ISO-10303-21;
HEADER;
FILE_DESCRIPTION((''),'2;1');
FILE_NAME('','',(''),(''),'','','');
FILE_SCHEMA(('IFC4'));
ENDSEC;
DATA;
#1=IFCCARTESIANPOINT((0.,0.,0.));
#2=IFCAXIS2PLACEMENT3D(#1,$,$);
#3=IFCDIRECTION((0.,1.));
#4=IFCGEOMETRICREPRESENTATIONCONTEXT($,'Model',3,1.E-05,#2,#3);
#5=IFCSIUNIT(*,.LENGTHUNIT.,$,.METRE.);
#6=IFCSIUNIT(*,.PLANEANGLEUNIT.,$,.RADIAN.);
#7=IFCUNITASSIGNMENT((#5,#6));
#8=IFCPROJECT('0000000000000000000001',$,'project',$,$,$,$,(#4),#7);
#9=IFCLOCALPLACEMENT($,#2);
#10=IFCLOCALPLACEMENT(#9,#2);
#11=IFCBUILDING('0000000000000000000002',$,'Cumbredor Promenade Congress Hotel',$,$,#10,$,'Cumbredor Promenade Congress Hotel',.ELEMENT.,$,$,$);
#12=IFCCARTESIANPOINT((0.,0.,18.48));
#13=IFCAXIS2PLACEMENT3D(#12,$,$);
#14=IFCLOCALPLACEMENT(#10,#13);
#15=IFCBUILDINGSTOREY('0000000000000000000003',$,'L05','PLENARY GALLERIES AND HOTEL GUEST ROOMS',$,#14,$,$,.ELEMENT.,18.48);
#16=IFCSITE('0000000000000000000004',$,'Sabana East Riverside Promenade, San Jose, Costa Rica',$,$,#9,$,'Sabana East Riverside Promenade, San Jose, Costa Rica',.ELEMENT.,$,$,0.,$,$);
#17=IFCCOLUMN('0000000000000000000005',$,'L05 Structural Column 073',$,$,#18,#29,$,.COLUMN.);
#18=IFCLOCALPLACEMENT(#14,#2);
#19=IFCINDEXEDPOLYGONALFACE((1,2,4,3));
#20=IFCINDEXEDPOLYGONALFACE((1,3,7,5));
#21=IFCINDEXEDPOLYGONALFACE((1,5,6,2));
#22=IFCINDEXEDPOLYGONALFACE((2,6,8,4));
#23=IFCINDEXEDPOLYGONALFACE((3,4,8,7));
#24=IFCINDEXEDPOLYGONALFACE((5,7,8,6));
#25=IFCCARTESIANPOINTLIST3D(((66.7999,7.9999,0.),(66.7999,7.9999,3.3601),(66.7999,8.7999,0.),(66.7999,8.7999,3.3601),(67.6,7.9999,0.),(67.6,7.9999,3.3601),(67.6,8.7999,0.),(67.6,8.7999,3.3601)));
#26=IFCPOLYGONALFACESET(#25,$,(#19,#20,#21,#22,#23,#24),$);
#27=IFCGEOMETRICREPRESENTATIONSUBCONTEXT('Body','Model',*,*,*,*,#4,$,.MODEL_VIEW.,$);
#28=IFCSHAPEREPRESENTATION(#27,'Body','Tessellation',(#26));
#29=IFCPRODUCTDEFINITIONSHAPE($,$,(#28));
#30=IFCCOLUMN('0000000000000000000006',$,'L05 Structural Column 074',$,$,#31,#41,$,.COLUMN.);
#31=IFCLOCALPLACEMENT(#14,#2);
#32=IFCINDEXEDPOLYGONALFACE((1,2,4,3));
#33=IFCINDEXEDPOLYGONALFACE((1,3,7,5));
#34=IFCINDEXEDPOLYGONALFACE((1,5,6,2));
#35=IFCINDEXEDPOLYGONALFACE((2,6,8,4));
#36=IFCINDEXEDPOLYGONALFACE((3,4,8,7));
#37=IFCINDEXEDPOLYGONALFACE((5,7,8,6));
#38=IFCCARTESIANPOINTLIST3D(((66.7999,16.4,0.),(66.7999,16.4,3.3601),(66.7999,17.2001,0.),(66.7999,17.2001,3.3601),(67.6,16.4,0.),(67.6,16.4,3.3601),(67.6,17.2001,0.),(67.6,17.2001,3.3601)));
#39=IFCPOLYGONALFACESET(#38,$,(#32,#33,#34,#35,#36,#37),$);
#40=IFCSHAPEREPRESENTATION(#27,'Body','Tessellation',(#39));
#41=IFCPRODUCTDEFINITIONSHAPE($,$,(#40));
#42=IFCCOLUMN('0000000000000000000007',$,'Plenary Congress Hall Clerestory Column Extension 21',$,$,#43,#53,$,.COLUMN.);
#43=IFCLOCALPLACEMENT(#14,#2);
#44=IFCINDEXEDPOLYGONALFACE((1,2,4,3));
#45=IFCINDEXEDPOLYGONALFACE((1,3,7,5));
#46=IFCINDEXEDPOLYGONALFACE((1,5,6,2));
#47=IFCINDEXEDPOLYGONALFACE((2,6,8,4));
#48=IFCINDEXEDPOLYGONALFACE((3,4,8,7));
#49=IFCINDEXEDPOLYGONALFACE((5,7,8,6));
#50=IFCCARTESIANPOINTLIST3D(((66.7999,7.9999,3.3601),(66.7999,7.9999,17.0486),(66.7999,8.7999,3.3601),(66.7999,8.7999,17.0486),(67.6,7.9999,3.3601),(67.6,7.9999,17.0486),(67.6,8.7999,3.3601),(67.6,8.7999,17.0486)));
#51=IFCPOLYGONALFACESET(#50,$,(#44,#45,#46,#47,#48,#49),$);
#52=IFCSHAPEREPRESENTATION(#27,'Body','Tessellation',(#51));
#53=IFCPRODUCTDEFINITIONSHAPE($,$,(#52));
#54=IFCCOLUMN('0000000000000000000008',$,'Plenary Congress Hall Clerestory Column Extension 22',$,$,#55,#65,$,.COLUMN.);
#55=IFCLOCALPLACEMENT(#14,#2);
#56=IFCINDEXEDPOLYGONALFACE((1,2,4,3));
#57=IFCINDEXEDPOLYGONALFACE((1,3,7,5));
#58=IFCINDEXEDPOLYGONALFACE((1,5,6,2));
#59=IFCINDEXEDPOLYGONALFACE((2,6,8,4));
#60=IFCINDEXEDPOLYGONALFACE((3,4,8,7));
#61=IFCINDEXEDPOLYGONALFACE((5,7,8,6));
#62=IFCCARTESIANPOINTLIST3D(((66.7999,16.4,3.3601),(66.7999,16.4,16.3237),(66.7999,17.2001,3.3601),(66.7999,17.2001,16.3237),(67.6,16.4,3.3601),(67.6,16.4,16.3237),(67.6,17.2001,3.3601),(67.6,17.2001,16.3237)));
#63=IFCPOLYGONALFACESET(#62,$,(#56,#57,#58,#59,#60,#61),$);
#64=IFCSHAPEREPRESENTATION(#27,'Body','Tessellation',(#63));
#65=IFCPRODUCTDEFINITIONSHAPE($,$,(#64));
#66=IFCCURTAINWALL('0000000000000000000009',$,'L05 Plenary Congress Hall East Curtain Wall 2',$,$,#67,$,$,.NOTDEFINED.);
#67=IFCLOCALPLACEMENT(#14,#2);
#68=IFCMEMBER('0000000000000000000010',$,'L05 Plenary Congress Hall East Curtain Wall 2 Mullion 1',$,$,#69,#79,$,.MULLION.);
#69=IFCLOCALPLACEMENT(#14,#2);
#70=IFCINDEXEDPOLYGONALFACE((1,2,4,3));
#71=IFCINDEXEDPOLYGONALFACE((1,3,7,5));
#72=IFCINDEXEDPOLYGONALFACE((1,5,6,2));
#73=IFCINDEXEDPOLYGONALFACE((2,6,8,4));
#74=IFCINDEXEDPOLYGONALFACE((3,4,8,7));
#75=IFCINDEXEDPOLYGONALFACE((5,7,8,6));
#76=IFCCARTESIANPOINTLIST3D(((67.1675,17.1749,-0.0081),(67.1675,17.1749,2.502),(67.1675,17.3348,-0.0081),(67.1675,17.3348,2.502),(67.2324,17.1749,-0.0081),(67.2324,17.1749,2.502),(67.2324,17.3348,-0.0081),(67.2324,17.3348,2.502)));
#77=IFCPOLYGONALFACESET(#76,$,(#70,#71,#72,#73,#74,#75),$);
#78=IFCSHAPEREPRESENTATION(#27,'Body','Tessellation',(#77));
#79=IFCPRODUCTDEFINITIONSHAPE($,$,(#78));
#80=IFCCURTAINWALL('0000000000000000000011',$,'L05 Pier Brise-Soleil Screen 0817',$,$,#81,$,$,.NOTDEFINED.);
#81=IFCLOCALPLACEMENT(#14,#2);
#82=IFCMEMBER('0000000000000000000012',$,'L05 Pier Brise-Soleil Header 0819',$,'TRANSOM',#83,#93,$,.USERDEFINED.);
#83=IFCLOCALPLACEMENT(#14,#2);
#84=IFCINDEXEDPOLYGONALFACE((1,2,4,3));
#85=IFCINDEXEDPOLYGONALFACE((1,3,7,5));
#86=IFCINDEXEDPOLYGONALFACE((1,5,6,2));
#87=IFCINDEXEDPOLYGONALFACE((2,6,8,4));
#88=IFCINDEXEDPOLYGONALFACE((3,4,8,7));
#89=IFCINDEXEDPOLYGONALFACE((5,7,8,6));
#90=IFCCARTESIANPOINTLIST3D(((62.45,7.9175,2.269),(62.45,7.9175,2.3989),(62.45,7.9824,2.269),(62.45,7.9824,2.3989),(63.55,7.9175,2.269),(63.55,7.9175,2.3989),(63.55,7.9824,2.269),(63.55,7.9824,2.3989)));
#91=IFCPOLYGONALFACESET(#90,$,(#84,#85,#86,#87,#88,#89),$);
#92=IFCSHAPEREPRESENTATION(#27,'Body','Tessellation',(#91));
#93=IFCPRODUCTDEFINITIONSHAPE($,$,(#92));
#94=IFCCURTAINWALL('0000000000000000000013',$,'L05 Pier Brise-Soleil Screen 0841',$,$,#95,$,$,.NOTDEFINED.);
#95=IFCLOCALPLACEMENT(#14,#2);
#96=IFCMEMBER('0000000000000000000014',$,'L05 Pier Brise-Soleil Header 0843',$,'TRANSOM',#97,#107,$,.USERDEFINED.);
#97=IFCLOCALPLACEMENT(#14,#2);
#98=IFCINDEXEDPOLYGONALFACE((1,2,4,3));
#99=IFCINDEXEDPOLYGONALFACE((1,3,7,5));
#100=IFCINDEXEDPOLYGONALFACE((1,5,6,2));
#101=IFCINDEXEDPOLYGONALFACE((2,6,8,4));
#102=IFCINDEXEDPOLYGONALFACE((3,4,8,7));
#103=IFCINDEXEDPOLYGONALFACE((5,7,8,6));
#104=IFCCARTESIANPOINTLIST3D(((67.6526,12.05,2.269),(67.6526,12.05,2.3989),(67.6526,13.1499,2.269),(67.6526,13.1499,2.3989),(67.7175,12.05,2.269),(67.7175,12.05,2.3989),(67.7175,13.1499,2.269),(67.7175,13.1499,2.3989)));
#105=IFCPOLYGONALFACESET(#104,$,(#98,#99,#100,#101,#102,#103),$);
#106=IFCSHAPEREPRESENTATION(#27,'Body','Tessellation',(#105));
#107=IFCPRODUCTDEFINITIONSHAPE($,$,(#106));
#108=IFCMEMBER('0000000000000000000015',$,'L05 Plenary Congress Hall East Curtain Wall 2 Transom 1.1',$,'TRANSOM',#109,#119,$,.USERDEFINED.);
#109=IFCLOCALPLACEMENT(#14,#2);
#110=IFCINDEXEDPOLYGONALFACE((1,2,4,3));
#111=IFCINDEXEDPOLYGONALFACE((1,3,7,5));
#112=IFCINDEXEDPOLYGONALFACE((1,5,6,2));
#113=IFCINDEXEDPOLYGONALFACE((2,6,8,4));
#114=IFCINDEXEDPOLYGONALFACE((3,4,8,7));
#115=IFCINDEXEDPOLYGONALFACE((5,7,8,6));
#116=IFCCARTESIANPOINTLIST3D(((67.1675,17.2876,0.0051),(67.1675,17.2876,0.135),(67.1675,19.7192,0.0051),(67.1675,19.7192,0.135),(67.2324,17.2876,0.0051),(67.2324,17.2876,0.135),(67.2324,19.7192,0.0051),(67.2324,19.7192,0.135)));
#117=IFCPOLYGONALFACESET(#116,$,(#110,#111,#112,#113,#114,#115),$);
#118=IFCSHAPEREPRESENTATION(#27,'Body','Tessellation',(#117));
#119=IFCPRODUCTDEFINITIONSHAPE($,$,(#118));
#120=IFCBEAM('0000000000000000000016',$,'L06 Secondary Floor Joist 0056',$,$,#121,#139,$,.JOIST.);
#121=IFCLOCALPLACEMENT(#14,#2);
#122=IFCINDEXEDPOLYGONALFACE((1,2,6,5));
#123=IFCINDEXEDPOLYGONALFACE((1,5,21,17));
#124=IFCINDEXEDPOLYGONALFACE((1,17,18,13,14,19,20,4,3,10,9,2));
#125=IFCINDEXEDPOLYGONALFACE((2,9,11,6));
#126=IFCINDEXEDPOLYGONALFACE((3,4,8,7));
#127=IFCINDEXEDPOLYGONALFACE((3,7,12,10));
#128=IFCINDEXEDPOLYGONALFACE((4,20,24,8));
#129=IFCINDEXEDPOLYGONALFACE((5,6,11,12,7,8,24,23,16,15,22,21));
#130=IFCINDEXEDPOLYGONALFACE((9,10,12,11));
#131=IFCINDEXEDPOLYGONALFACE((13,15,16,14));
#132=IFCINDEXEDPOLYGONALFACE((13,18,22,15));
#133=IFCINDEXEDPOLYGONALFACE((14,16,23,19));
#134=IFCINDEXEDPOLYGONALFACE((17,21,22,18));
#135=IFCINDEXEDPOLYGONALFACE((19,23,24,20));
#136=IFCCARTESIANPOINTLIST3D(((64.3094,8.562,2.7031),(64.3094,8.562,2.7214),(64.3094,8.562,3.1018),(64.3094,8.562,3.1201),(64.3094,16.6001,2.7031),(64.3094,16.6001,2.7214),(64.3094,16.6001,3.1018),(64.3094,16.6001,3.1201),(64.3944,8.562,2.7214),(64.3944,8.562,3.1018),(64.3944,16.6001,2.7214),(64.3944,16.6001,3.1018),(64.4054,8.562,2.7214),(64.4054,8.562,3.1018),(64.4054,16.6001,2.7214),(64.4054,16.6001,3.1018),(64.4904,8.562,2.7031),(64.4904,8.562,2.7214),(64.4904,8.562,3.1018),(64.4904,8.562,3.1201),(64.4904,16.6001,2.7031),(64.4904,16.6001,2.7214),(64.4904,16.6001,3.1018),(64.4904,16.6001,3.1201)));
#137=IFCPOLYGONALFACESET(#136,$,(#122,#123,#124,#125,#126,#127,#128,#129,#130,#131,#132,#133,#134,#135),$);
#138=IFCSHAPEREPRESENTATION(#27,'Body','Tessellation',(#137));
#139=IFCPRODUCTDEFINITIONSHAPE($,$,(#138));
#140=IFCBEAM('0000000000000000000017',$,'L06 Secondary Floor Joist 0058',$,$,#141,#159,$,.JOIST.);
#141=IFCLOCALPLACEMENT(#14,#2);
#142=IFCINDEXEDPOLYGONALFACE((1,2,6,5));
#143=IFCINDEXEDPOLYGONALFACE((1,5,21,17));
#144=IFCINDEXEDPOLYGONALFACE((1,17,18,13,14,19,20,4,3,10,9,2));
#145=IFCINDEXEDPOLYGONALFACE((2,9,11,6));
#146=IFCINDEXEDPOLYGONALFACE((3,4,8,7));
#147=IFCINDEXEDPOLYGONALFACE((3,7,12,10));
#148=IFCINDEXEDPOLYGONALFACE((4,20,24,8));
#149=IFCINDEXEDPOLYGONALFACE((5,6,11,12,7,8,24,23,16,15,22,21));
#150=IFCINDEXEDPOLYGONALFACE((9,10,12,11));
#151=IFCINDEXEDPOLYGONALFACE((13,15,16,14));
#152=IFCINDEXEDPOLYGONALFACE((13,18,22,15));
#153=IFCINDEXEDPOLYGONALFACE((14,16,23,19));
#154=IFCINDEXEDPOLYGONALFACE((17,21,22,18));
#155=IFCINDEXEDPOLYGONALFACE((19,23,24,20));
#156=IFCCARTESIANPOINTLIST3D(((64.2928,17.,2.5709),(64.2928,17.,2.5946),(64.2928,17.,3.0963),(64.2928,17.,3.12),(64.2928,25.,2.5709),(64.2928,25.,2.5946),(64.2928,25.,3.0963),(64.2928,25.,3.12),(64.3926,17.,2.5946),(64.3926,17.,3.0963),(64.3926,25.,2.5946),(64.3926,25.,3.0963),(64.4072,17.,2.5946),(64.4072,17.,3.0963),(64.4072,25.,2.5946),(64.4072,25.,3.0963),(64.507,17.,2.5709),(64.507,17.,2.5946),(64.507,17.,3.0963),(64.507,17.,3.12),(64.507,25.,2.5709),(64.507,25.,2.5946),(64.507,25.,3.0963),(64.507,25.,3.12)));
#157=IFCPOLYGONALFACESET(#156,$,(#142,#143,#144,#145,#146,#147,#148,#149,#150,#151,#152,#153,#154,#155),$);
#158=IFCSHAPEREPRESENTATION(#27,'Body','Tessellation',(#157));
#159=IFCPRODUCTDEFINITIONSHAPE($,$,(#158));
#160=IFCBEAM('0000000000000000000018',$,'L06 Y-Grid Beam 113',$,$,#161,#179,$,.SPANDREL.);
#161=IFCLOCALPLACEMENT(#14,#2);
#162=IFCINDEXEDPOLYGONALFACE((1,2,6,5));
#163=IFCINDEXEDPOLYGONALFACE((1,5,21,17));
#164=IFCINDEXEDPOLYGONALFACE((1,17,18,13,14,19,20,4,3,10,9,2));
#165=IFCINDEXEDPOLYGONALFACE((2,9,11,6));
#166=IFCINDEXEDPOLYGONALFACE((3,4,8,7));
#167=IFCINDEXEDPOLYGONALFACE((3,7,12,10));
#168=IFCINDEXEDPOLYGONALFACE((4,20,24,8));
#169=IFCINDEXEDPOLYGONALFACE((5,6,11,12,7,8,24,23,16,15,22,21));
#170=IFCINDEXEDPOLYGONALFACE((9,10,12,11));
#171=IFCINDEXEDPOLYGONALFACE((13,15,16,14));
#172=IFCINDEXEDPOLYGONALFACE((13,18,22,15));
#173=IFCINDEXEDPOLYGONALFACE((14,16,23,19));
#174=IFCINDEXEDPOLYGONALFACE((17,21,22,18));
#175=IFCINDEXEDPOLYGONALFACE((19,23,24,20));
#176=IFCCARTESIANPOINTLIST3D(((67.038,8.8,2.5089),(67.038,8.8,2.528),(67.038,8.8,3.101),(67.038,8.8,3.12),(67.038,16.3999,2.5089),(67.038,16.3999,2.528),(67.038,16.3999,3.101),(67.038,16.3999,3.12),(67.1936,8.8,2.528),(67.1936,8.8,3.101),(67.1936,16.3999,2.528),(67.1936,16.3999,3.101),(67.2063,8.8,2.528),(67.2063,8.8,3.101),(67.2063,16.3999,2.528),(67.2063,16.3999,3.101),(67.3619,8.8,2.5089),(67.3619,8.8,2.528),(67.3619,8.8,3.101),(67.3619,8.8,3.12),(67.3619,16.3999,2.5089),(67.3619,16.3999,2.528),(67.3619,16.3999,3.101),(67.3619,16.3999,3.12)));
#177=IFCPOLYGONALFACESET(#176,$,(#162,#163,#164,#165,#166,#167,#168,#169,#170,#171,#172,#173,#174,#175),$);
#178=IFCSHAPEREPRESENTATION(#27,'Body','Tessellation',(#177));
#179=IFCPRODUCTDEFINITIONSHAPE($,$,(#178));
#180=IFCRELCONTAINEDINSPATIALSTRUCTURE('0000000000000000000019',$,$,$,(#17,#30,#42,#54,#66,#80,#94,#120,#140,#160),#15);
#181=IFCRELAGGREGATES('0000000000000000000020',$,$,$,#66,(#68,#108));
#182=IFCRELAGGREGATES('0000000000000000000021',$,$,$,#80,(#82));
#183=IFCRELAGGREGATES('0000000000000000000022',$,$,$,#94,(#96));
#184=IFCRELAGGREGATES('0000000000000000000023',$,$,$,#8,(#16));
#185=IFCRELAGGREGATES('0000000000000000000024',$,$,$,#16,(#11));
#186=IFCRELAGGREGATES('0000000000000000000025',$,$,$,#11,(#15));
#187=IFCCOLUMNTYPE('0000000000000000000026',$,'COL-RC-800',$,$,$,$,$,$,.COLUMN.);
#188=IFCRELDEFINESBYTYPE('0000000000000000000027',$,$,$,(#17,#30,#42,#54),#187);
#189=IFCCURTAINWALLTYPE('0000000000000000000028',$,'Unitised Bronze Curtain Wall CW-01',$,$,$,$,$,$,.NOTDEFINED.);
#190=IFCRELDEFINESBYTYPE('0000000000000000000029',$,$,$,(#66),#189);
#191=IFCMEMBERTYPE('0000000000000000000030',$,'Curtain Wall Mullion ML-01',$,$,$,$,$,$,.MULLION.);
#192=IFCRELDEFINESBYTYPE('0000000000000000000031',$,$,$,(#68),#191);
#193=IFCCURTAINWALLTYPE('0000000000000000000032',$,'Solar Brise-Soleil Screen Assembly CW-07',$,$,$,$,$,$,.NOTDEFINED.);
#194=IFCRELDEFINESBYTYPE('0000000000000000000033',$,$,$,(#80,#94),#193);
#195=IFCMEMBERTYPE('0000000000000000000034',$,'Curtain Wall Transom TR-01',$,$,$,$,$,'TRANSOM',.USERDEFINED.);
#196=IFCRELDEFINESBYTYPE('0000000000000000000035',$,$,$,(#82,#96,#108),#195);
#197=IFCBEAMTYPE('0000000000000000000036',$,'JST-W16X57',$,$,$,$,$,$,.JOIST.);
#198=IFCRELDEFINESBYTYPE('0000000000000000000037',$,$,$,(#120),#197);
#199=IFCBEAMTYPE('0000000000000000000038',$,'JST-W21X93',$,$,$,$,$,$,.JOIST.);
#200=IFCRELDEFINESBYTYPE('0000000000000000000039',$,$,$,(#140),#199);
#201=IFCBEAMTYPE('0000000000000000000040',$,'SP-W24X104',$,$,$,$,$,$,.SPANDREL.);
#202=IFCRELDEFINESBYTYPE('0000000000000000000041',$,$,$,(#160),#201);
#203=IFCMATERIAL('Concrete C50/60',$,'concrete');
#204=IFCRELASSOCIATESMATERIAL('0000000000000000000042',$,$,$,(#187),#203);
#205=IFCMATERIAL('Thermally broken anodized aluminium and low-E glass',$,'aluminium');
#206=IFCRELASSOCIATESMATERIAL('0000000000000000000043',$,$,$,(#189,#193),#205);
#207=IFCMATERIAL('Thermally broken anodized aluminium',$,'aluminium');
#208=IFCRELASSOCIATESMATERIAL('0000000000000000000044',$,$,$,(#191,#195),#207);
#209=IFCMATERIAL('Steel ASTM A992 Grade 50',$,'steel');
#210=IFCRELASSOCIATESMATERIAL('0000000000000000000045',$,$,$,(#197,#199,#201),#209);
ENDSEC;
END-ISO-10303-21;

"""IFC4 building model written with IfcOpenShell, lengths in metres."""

from ifc_helpers import new_model, si_unit, direction, frame, origin, origin_2d, place, context, subcontext, project, spatial, rectangle, i_section, extrude, material, material_profile, profile_set, type_object, element, aggregate, save


model = new_model("IFC4")

# Units and contexts
model_context = context("Model", 3, precision=1e-05, world=origin(), true_north=direction((0.0, 1.0)))
body_context = subcontext(model_context, "Body", "Model", "MODEL_VIEW")
ifc_project = project(units=[si_unit("LENGTHUNIT", "METRE"), si_unit("PLANEANGLEUNIT", "RADIAN")], contexts=[model_context])

# Site, building, storey
site_placement = place(None, origin())
site = spatial("IfcSite", under=ifc_project, at=site_placement, Name="Sabana East Riverside Promenade, San Jose, Costa Rica", LongName="Sabana East Riverside Promenade, San Jose, Costa Rica", CompositionType="ELEMENT", RefElevation=0.0)
building_placement = place(site_placement, origin())
building = spatial("IfcBuilding", under=site, at=building_placement, Name="Cumbredor Promenade Congress Hotel", LongName="Cumbredor Promenade Congress Hotel", CompositionType="ELEMENT")
storey_placement = place(building_placement, frame((0.0, 0.0, 18.48)))
storey = spatial("IfcBuildingStorey", under=building, at=storey_placement, Name="L05", Description="PLENARY GALLERIES AND HOTEL GUEST ROOMS", CompositionType="ELEMENT", Elevation=18.48)

# Columns
ifc_material_1 = material(Name="Concrete C50/60", Category="concrete")
ifc_material_profile_1 = material_profile(ifc_material_1, rectangle(XDim=0.8, YDim=0.8, at=origin_2d()), Name="RC 800x800")
ifc_profile_set_1 = profile_set([ifc_material_profile_1], Name="Concrete C50/60")
column_type = type_object("IfcColumnType", Name="COL-RC-800", PredefinedType="COLUMN", material=ifc_profile_set_1)
for number, where, z_axis, x_axis, name in (
    (1, (67.2, 8.3999, 0.0), (0.0, 0.0, 1.0), (1.0, 0.0, 0.0), "L05 Structural Column 073"),
    (2, (67.2, 16.8, 0.0), (0.0, 0.0, 1.0), (1.0, 0.0, 0.0), "L05 Structural Column 074"),
):
    element("IfcColumn", number, at=place(storey_placement, frame(where, z_axis=z_axis, x_axis=x_axis)), inside=storey, type_object=column_type, Name=name, PredefinedType="COLUMN", context=body_context, shape_type="SweptSolid", body=[
        extrude(rectangle(XDim=0.8, YDim=0.8, at=origin_2d()), origin(), (0.0, 0.0, 1.0), 3.3601),
    ])
column_1_placement = place(storey_placement, frame((67.2, 8.3999, 3.3601), z_axis=(0.0, 0.0, 1.0), x_axis=(1.0, 0.0, 0.0)))
element("IfcColumn", 3, at=column_1_placement, inside=storey, type_object=column_type, Name="Plenary Congress Hall Clerestory Column Extension 21", PredefinedType="COLUMN", context=body_context, shape_type="SweptSolid", body=[
    extrude(rectangle(XDim=0.8, YDim=0.8, at=origin_2d()), origin(), (0.0, 0.0, 1.0), 13.6885),
])
column_2_placement = place(storey_placement, frame((67.2, 16.8, 3.3601), z_axis=(0.0, 0.0, 1.0), x_axis=(1.0, 0.0, 0.0)))
element("IfcColumn", 4, at=column_2_placement, inside=storey, type_object=column_type, Name="Plenary Congress Hall Clerestory Column Extension 22", PredefinedType="COLUMN", context=body_context, shape_type="SweptSolid", body=[
    extrude(rectangle(XDim=0.8, YDim=0.8, at=origin_2d()), origin(), (0.0, 0.0, 1.0), 12.9636),
])

# Curtain walls, members
ifc_material_2 = material(Name="Thermally broken anodized aluminium and low-E glass", Category="aluminium")
curtain_wall_type_1 = type_object("IfcCurtainWallType", Name="Unitised Bronze Curtain Wall CW-01", PredefinedType="NOTDEFINED", material=ifc_material_2)
curtain_wall_1_placement = place(storey_placement, origin())
curtain_wall_1 = element("IfcCurtainWall", 5, at=curtain_wall_1_placement, inside=storey, type_object=curtain_wall_type_1, Name="L05 Plenary Congress Hall East Curtain Wall 2", PredefinedType="NOTDEFINED")
ifc_material_3 = material(Name="Thermally broken anodized aluminium", Category="aluminium")
ifc_material_profile_2 = material_profile(ifc_material_3, rectangle(XDim=0.0649, YDim=0.1599, at=origin_2d()), Name="ALU MULLION 65x160")
ifc_profile_set_2 = profile_set([ifc_material_profile_2], Name="Thermally broken anodized aluminium")
member_type_1 = type_object("IfcMemberType", Name="Curtain Wall Mullion ML-01", PredefinedType="MULLION", material=ifc_profile_set_2)
member_1_placement = place(storey_placement, frame((67.2, 17.2549, -0.0081), z_axis=(0.0, 0.0, 1.0), x_axis=(1.0, 0.0, 0.0)))
member_1 = element("IfcMember", 6, at=member_1_placement, type_object=member_type_1, Name="L05 Plenary Congress Hall East Curtain Wall 2 Mullion 1", PredefinedType="MULLION", context=body_context, shape_type="SweptSolid", body=[
    extrude(rectangle(XDim=0.0649, YDim=0.1599, at=origin_2d()), origin(), (0.0, 0.0, 1.0), 2.51),
])
curtain_wall_type_2 = type_object("IfcCurtainWallType", Name="Solar Brise-Soleil Screen Assembly CW-07", PredefinedType="NOTDEFINED", material=ifc_material_2)
curtain_wall_2_placement = place(storey_placement, origin())
curtain_wall_2 = element("IfcCurtainWall", 7, at=curtain_wall_2_placement, inside=storey, type_object=curtain_wall_type_2, Name="L05 Pier Brise-Soleil Screen 0817", PredefinedType="NOTDEFINED")
ifc_material_profile_3 = material_profile(ifc_material_3, rectangle(XDim=0.0649, YDim=0.1299, at=origin_2d()), Name="ALU TRANSOM 65x130")
ifc_profile_set_3 = profile_set([ifc_material_profile_3], Name="Thermally broken anodized aluminium")
member_type_2 = type_object("IfcMemberType", Name="Curtain Wall Transom TR-01", ElementType="TRANSOM", PredefinedType="USERDEFINED", material=ifc_profile_set_3)
member_2_placement = place(storey_placement, frame((62.45, 7.95, 2.334), z_axis=(1.0, 0.0, 0.0), x_axis=(0.0, 1.0, 0.0)))
member_2 = element("IfcMember", 8, at=member_2_placement, type_object=member_type_2, Name="L05 Pier Brise-Soleil Header 0819", ObjectType="TRANSOM", PredefinedType="USERDEFINED", context=body_context, shape_type="SweptSolid", body=[
    extrude(rectangle(XDim=0.0649, YDim=0.1299, at=origin_2d()), origin(), (0.0, 0.0, 1.0), 1.1001),
])
curtain_wall_3_placement = place(storey_placement, origin())
curtain_wall_3 = element("IfcCurtainWall", 9, at=curtain_wall_3_placement, inside=storey, type_object=curtain_wall_type_2, Name="L05 Pier Brise-Soleil Screen 0841", PredefinedType="NOTDEFINED")
member_3_placement = place(storey_placement, frame((67.6851, 12.05, 2.334), z_axis=(0.0, 1.0, 0.0), x_axis=(-1.0, 0.0, 0.0)))
member_3 = element("IfcMember", 10, at=member_3_placement, type_object=member_type_2, Name="L05 Pier Brise-Soleil Header 0843", ObjectType="TRANSOM", PredefinedType="USERDEFINED", context=body_context, shape_type="SweptSolid", body=[
    extrude(rectangle(XDim=0.0649, YDim=0.1299, at=origin_2d()), origin(), (0.0, 0.0, 1.0), 1.0999),
])

# Member
member_4_placement = place(storey_placement, frame((67.2, 17.2876, 0.0701), z_axis=(0.0, 1.0, 0.0), x_axis=(-1.0, 0.0, 0.0)))
member_4 = element("IfcMember", 11, at=member_4_placement, type_object=member_type_2, Name="L05 Plenary Congress Hall East Curtain Wall 2 Transom 1.1", ObjectType="TRANSOM", PredefinedType="USERDEFINED", context=body_context, shape_type="SweptSolid", body=[
    extrude(rectangle(XDim=0.0649, YDim=0.1299, at=origin_2d()), origin(), (0.0, 0.0, 1.0), 2.4316),
])
aggregate(curtain_wall_1, [member_1, member_4])

# Beams
ifc_material_4 = material(Name="Steel ASTM A992 Grade 50", Category="steel")
ifc_material_profile_4 = material_profile(ifc_material_4, i_section(OverallWidth=0.1809, OverallDepth=0.417, WebThickness=0.011, FlangeThickness=0.0183, at=origin_2d()), Name="W16X57")
ifc_profile_set_4 = profile_set([ifc_material_profile_4], Name="Steel ASTM A992 Grade 50")
beam_type_1 = type_object("IfcBeamType", Name="JST-W16X57", PredefinedType="JOIST", material=ifc_profile_set_4)
beam_1_placement = place(storey_placement, frame((64.3999, 8.562, 2.9116), z_axis=(0.0, 1.0, 0.0), x_axis=(-1.0, 0.0, 0.0)))
element("IfcBeam", 12, at=beam_1_placement, inside=storey, type_object=beam_type_1, Name="L06 Secondary Floor Joist 0056", PredefinedType="JOIST", context=body_context, shape_type="SweptSolid", body=[
    extrude(i_section(OverallWidth=0.1809, OverallDepth=0.417, WebThickness=0.011, FlangeThickness=0.0183, at=origin_2d()), origin(), (0.0, 0.0, 1.0), 8.0381),
])
ifc_material_profile_5 = material_profile(ifc_material_4, i_section(OverallWidth=0.2141, OverallDepth=0.5491, WebThickness=0.0146, FlangeThickness=0.0237, at=origin_2d()), Name="W21X93")
ifc_profile_set_5 = profile_set([ifc_material_profile_5], Name="Steel ASTM A992 Grade 50")
beam_type_2 = type_object("IfcBeamType", Name="JST-W21X93", PredefinedType="JOIST", material=ifc_profile_set_5)
beam_2_placement = place(storey_placement, frame((64.3999, 17.0, 2.8455), z_axis=(0.0, 1.0, 0.0), x_axis=(-1.0, 0.0, 0.0)))
element("IfcBeam", 13, at=beam_2_placement, inside=storey, type_object=beam_type_2, Name="L06 Secondary Floor Joist 0058", PredefinedType="JOIST", context=body_context, shape_type="SweptSolid", body=[
    extrude(i_section(OverallWidth=0.2141, OverallDepth=0.5491, WebThickness=0.0146, FlangeThickness=0.0237, at=origin_2d()), origin(), (0.0, 0.0, 1.0), 8.0),
])
ifc_material_profile_6 = material_profile(ifc_material_4, i_section(OverallWidth=0.324, OverallDepth=0.6111, WebThickness=0.0127, FlangeThickness=0.019, at=origin_2d()), Name="W24X104")
ifc_profile_set_6 = profile_set([ifc_material_profile_6], Name="Steel ASTM A992 Grade 50")
beam_type_3 = type_object("IfcBeamType", Name="SP-W24X104", PredefinedType="SPANDREL", material=ifc_profile_set_6)
beam_3_placement = place(storey_placement, frame((67.2, 8.8, 2.8145), z_axis=(0.0, 1.0, 0.0), x_axis=(-1.0, 0.0, 0.0)))
element("IfcBeam", 14, at=beam_3_placement, inside=storey, type_object=beam_type_3, Name="L06 Y-Grid Beam 113", PredefinedType="SPANDREL", context=body_context, shape_type="SweptSolid", body=[
    extrude(i_section(OverallWidth=0.324, OverallDepth=0.6111, WebThickness=0.0127, FlangeThickness=0.019, at=origin_2d()), origin(), (0.0, 0.0, 1.0), 7.5999),
])

aggregate(curtain_wall_2, [member_2])
aggregate(curtain_wall_3, [member_3])

save(model, "model.ifc")
